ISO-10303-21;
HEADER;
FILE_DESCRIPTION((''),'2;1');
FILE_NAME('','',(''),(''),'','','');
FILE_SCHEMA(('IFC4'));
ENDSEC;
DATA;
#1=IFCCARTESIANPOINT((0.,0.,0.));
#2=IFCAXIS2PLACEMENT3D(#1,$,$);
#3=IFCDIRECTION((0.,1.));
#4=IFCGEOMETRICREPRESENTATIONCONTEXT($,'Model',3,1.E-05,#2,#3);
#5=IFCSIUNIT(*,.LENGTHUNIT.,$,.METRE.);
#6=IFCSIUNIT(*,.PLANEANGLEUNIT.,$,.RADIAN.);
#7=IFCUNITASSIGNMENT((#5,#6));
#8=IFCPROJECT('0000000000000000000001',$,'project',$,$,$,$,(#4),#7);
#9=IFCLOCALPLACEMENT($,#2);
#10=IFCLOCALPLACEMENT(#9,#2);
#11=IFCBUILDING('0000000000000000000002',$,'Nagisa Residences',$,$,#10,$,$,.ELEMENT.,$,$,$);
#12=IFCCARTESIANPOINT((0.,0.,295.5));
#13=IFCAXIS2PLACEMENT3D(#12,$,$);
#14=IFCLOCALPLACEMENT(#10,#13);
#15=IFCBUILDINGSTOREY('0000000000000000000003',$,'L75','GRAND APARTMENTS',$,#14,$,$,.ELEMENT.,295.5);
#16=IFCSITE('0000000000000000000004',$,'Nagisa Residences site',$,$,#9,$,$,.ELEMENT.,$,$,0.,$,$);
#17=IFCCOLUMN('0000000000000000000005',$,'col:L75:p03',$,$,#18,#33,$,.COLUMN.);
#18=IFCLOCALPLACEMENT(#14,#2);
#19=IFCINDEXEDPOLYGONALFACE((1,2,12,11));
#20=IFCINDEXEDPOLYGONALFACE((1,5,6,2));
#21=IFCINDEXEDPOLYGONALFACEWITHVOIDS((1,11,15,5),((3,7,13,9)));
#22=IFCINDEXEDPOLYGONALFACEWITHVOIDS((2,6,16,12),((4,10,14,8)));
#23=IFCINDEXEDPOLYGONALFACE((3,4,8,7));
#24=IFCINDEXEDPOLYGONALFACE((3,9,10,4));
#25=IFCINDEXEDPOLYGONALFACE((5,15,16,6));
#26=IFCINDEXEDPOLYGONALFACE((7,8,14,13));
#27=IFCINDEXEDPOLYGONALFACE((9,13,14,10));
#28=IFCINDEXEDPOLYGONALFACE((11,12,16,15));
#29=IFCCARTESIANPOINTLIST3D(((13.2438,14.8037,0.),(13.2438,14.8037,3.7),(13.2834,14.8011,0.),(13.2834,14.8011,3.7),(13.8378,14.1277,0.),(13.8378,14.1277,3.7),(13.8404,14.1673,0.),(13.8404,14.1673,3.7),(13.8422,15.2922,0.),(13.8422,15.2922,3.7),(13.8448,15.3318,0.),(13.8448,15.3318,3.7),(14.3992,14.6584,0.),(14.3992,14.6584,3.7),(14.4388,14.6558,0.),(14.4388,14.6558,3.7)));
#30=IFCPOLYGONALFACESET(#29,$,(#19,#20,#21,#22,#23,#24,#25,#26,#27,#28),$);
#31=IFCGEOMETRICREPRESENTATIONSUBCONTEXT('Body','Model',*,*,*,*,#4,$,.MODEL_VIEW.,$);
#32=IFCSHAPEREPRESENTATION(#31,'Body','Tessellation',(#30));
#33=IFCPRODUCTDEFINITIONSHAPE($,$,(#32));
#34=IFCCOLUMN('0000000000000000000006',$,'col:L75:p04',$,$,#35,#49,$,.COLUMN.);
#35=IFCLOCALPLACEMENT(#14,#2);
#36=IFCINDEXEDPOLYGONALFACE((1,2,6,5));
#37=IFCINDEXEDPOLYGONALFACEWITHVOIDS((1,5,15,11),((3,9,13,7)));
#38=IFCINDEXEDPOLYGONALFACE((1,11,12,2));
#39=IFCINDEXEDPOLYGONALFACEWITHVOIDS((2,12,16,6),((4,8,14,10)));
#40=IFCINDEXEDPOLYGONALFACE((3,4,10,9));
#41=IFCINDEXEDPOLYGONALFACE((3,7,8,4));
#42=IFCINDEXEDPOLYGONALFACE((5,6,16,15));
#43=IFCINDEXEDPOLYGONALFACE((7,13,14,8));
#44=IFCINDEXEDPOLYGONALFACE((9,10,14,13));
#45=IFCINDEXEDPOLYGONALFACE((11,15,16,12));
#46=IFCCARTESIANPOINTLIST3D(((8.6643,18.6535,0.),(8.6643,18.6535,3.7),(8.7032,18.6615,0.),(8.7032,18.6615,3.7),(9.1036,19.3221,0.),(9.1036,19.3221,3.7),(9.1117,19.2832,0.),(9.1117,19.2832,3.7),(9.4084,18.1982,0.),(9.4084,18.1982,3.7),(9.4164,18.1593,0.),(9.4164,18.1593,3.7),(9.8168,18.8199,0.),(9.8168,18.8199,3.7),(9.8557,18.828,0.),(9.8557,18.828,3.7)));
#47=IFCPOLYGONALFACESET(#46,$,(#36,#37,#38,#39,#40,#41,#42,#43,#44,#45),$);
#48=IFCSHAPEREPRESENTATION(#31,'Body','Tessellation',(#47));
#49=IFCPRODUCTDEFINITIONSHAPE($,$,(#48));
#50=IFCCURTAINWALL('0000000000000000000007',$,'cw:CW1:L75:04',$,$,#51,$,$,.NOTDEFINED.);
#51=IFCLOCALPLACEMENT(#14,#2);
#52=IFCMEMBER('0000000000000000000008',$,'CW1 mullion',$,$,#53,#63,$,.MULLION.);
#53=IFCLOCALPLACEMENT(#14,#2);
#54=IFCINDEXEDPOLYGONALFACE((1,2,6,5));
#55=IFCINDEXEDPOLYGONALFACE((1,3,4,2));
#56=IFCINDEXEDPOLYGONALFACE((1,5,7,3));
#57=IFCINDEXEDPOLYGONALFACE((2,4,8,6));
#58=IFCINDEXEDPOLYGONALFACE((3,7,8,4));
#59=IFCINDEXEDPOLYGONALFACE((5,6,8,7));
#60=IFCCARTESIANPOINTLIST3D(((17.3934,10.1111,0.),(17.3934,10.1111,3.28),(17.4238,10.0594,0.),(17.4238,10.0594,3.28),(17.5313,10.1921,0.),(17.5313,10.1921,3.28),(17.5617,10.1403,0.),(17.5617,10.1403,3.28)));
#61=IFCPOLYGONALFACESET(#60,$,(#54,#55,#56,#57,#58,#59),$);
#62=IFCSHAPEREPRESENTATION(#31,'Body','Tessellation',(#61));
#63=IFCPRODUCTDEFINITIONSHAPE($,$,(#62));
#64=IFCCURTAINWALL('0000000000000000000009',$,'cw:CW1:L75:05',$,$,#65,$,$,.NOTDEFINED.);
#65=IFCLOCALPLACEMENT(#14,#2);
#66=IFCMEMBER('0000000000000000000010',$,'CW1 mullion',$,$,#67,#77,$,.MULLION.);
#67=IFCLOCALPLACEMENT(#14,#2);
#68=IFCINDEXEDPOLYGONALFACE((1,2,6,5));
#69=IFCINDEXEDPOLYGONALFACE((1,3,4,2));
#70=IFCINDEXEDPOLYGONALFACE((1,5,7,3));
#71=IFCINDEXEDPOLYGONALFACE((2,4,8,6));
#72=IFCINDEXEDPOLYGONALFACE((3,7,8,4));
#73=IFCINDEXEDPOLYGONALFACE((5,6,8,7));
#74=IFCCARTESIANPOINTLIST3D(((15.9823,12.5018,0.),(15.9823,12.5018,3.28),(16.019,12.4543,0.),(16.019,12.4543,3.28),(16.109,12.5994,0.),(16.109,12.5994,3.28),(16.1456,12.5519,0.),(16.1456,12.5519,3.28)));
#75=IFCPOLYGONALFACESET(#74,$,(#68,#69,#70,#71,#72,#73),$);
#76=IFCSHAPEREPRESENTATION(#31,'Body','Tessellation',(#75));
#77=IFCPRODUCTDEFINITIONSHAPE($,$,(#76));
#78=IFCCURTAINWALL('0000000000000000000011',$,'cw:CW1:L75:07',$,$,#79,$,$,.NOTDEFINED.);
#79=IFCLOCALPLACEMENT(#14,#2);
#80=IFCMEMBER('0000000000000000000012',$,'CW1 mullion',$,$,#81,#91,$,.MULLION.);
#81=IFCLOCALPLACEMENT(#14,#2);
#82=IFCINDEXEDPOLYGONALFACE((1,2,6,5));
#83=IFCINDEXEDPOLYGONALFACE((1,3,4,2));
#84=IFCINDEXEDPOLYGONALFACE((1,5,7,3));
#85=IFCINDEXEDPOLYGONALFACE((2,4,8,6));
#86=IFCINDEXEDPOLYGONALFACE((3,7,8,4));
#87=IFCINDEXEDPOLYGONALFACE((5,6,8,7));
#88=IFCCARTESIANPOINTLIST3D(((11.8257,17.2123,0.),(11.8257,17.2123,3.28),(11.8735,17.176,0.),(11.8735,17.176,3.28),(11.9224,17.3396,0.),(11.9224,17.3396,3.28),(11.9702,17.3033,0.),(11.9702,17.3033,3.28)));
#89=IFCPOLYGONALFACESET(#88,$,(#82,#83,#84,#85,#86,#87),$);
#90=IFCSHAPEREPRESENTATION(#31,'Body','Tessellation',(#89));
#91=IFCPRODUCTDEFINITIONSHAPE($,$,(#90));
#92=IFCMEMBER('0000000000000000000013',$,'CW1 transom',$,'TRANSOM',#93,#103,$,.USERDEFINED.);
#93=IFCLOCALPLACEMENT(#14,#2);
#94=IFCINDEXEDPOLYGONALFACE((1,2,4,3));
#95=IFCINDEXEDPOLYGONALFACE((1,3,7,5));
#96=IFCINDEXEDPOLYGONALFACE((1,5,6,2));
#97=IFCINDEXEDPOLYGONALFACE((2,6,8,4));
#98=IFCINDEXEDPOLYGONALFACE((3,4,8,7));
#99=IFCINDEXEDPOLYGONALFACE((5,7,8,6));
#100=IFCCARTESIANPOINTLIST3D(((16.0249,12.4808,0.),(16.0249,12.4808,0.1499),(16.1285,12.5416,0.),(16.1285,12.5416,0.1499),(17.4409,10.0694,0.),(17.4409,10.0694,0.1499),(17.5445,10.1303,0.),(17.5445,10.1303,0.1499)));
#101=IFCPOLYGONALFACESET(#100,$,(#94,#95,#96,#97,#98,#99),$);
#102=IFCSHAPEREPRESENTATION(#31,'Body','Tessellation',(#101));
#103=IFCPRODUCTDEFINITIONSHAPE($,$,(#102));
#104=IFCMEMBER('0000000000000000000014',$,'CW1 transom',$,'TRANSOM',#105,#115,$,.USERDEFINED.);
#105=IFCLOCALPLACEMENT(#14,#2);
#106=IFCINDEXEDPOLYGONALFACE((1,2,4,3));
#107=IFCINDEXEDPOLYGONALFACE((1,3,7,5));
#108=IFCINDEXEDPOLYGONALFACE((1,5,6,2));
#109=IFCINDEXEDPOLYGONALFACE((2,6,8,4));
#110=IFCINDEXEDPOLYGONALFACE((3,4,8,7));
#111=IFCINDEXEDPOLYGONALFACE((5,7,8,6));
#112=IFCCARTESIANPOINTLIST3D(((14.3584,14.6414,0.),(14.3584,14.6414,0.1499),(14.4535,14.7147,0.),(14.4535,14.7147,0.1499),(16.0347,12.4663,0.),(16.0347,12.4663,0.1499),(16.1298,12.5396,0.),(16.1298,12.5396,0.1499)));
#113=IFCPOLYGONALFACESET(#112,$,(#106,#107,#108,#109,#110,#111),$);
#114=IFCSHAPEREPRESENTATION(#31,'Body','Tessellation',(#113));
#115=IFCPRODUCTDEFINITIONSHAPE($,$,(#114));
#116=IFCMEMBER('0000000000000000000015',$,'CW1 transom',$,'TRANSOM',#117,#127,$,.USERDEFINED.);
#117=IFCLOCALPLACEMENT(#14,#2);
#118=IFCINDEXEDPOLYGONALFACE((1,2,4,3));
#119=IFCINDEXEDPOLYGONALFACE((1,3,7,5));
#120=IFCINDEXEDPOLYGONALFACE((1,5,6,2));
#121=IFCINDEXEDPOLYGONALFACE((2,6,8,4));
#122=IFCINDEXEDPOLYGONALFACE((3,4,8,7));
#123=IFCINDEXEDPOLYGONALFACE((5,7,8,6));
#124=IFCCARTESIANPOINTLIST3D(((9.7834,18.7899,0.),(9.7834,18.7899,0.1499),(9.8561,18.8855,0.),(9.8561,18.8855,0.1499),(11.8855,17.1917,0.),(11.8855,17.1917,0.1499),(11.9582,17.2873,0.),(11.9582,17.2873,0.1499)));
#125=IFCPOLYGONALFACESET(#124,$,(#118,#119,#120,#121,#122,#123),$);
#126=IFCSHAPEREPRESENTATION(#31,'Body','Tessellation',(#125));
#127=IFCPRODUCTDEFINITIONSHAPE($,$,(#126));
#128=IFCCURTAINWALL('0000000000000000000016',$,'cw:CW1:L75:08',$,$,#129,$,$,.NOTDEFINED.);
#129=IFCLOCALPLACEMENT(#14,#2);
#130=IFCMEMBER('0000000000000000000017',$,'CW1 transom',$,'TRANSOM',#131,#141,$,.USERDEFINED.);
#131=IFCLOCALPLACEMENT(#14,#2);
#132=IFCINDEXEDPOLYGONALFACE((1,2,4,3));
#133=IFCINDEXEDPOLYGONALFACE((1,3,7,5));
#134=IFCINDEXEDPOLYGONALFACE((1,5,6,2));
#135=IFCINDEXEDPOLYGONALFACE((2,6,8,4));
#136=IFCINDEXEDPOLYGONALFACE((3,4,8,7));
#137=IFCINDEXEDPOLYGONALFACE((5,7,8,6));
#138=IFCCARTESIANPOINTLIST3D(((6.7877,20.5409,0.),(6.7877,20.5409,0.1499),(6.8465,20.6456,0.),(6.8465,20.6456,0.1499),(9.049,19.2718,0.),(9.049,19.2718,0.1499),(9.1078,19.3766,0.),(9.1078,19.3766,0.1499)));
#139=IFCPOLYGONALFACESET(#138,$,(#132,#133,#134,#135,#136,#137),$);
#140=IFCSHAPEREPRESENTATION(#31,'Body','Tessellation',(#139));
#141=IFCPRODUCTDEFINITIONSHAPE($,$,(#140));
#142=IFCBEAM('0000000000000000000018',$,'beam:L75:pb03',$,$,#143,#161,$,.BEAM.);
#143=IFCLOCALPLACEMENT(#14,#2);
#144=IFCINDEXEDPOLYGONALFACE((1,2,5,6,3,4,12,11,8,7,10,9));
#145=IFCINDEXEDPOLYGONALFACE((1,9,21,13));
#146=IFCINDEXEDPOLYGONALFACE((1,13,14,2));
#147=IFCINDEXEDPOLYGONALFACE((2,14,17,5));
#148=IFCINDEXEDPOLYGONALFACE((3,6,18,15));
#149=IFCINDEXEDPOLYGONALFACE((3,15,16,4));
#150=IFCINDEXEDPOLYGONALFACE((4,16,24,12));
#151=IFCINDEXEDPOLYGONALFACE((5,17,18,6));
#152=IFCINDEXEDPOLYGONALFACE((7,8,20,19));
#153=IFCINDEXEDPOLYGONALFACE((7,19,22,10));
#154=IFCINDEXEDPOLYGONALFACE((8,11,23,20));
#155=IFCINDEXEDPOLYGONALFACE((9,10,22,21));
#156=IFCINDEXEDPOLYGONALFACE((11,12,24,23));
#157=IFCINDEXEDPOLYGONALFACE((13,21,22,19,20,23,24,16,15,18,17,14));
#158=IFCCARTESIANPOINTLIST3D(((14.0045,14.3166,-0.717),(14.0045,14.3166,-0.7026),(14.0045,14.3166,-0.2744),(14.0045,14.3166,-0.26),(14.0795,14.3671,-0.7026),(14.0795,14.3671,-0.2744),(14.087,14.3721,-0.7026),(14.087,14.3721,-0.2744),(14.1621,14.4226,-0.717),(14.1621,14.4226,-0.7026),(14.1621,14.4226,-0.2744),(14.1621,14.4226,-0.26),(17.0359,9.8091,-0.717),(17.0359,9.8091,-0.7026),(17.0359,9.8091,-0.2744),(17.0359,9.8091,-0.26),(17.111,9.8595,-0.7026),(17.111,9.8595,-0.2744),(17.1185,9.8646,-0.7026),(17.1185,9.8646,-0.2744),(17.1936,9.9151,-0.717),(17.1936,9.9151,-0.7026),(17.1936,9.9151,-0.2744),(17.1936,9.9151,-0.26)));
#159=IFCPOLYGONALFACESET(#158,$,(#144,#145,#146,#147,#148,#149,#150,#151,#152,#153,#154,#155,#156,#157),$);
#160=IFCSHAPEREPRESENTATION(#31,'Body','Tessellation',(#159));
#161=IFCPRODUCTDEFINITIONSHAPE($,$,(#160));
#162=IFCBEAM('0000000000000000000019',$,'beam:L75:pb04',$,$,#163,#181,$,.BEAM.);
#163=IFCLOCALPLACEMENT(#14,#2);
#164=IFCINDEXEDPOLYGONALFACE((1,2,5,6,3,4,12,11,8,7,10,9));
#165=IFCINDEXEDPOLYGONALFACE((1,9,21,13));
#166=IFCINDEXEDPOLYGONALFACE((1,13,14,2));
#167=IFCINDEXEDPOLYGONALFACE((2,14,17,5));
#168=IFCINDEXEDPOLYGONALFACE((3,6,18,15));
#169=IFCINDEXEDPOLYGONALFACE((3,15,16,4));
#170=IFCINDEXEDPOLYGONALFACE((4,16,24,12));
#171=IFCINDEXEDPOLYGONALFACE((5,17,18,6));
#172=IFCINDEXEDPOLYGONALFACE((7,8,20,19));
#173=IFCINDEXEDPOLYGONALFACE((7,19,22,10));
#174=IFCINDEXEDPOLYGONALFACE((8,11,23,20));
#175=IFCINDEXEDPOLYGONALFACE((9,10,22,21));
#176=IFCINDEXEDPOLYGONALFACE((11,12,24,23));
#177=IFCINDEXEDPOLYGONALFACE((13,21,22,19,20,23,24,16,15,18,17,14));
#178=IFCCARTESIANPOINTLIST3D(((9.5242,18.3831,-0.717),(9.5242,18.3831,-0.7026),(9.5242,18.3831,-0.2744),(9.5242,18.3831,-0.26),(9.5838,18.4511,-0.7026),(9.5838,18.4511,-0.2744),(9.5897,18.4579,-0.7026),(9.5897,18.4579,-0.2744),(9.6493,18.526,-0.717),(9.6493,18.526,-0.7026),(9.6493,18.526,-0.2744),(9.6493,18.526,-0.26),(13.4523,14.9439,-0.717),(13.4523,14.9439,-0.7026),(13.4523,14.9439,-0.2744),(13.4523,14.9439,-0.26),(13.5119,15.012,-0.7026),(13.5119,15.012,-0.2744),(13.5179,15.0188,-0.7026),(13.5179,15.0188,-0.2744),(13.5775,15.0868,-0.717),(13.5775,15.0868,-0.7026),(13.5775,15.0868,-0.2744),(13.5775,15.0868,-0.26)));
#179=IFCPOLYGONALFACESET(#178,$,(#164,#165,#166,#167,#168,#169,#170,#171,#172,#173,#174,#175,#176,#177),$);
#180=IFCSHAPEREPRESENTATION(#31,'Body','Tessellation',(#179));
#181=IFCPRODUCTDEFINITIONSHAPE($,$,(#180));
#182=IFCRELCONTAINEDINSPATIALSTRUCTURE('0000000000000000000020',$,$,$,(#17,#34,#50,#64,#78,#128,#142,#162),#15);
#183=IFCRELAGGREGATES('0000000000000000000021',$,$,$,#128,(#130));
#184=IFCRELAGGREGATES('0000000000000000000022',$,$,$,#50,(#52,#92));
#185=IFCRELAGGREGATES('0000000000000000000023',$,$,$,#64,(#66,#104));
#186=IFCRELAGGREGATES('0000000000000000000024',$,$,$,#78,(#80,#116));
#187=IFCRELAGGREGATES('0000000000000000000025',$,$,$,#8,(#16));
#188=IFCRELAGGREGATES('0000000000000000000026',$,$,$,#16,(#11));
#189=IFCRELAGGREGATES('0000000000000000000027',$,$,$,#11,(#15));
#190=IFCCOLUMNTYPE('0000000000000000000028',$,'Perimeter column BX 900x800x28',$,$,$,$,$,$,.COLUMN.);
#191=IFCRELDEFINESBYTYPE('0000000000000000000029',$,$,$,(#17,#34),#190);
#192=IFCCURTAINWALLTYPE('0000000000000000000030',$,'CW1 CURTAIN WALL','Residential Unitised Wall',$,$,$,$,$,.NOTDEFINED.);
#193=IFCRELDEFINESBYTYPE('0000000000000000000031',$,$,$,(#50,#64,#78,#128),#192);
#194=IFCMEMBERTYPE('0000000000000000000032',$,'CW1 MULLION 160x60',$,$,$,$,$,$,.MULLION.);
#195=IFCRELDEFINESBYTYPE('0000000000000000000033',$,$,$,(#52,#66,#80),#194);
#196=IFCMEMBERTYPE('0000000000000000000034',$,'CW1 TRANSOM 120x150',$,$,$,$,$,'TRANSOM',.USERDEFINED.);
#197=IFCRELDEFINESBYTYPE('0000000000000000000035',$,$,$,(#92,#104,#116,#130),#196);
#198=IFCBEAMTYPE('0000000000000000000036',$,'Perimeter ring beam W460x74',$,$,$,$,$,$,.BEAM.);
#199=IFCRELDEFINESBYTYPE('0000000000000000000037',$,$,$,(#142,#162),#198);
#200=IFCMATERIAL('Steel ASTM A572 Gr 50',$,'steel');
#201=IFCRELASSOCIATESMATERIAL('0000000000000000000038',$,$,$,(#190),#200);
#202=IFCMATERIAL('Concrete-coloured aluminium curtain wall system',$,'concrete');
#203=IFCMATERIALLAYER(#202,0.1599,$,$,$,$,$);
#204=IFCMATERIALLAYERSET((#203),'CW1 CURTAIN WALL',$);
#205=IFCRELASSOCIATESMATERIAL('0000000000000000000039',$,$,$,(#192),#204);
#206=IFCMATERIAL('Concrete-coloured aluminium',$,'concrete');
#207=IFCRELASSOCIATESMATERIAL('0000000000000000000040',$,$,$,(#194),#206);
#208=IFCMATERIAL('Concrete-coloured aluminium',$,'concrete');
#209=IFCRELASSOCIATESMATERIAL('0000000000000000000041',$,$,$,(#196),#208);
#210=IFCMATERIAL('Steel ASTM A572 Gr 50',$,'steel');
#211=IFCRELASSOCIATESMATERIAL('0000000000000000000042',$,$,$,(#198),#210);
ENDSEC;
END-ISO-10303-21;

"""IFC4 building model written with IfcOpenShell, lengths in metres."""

from ifc_helpers import new_model, si_unit, direction, frame, origin, origin_2d, place, context, subcontext, project, spatial, rectangle, hollow_rectangle, i_section, extrude, material, layer, layer_set, material_profile, profile_set, type_object, element, aggregate, save


model = new_model("IFC4")

# Units and contexts
model_context = context("Model", 3, precision=1e-05, world=origin(), true_north=direction((0.0, 1.0)))
body_context = subcontext(model_context, "Body", "Model", "MODEL_VIEW")
ifc_project = project(units=[si_unit("LENGTHUNIT", "METRE"), si_unit("PLANEANGLEUNIT", "RADIAN")], contexts=[model_context])

# Site, building, storey
site_placement = place(None, origin())
site = spatial("IfcSite", under=ifc_project, at=site_placement, Name="Nagisa Residences site", CompositionType="ELEMENT", RefElevation=0.0)
building_placement = place(site_placement, origin())
building = spatial("IfcBuilding", under=site, at=building_placement, Name="Nagisa Residences", CompositionType="ELEMENT")
storey_placement = place(building_placement, frame((0.0, 0.0, 295.5)))
storey = spatial("IfcBuildingStorey", under=building, at=storey_placement, Name="L75", Description="GRAND APARTMENTS", CompositionType="ELEMENT", Elevation=295.5)

# Columns
ifc_material_1 = material(Name="Steel ASTM A572 Gr 50", Category="steel")
ifc_material_profile_1 = material_profile(ifc_material_1, hollow_rectangle(XDim=0.8999, YDim=0.8, WallThickness=0.0281, at=origin_2d()), Name="BX 900x800x28")
ifc_profile_set_1 = profile_set([ifc_material_profile_1], Name="Steel ASTM A572 Gr 50")
column_type = type_object("IfcColumnType", Name="Perimeter column BX 900x800x28", PredefinedType="COLUMN", material=ifc_profile_set_1)
for number, where, z_axis, x_axis, name in (
    (1, (13.8413, 14.7297, 0.0), (0.0, 0.0, 1.0), (-0.660115, 0.751165, 0.0), "col:L75:p03"),
    (2, (9.26, 18.7407, 0.0), (0.0, 0.0, 1.0), (-0.835766, 0.549086, 0.0), "col:L75:p04"),
):
    element("IfcColumn", number, at=place(storey_placement, frame(where, z_axis=z_axis, x_axis=x_axis)), inside=storey, type_object=column_type, Name=name, PredefinedType="COLUMN", context=body_context, shape_type="SweptSolid", body=[
        extrude(hollow_rectangle(XDim=0.8999, YDim=0.8, WallThickness=0.0281, at=origin_2d()), origin(), (0.0, 0.0, 1.0), 3.7),
    ])

# Curtain walls, members
ifc_material_2 = material(Name="Concrete-coloured aluminium curtain wall system", Category="concrete")
ifc_layer_1 = layer(ifc_material_2, 0.1599)
ifc_layer_set_1 = layer_set([ifc_layer_1], Name="CW1 CURTAIN WALL")
curtain_wall_type = type_object("IfcCurtainWallType", Name="CW1 CURTAIN WALL", Description="Residential Unitised Wall", PredefinedType="NOTDEFINED", material=ifc_layer_set_1)
curtain_wall_1_placement = place(storey_placement, origin())
curtain_wall_1 = element("IfcCurtainWall", 3, at=curtain_wall_1_placement, inside=storey, type_object=curtain_wall_type, Name="cw:CW1:L75:04", PredefinedType="NOTDEFINED")
ifc_material_3 = material(Name="Concrete-coloured aluminium", Category="concrete")
ifc_material_profile_2 = material_profile(ifc_material_3, rectangle(XDim=0.1599, YDim=0.0601, at=origin_2d()), Name="CW1 MULLION 160x60")
ifc_profile_set_2 = profile_set([ifc_material_profile_2], Name="Concrete-coloured aluminium")
member_type_1 = type_object("IfcMemberType", Name="CW1 MULLION 160x60", PredefinedType="MULLION", material=ifc_profile_set_2)
member_1_placement = place(storey_placement, frame((17.4775, 10.1257, 0.0), z_axis=(0.0, 0.0, 1.0), x_axis=(-0.862329, -0.506349, 0.0)))
member_1 = element("IfcMember", 4, at=member_1_placement, type_object=member_type_1, Name="CW1 mullion", PredefinedType="MULLION", context=body_context, shape_type="SweptSolid", body=[
    extrude(rectangle(XDim=0.1599, YDim=0.0601, at=origin_2d()), origin(), (0.0, 0.0, 1.0), 3.28),
])
curtain_wall_2_placement = place(storey_placement, origin())
curtain_wall_2 = element("IfcCurtainWall", 5, at=curtain_wall_2_placement, inside=storey, type_object=curtain_wall_type, Name="cw:CW1:L75:05", PredefinedType="NOTDEFINED")
member_2_placement = place(storey_placement, frame((16.064, 12.5269, 0.0), z_axis=(0.0, 0.0, 1.0), x_axis=(-0.79207, -0.61043, 0.0)))
member_2 = element("IfcMember", 6, at=member_2_placement, type_object=member_type_1, Name="CW1 mullion", PredefinedType="MULLION", context=body_context, shape_type="SweptSolid", body=[
    extrude(rectangle(XDim=0.1599, YDim=0.0601, at=origin_2d()), origin(), (0.0, 0.0, 1.0), 3.28),
])
curtain_wall_3_placement = place(storey_placement, origin())
curtain_wall_3 = element("IfcCurtainWall", 7, at=curtain_wall_3_placement, inside=storey, type_object=curtain_wall_type, Name="cw:CW1:L75:07", PredefinedType="NOTDEFINED")
member_3_placement = place(storey_placement, frame((11.8979, 17.2578, 0.0), z_axis=(0.0, 0.0, 1.0), x_axis=(-0.605255, -0.796031, 0.0)))
member_3 = element("IfcMember", 8, at=member_3_placement, type_object=member_type_1, Name="CW1 mullion", PredefinedType="MULLION", context=body_context, shape_type="SweptSolid", body=[
    extrude(rectangle(XDim=0.1599, YDim=0.0601, at=origin_2d()), origin(), (0.0, 0.0, 1.0), 3.28),
])

# Members
ifc_material_4 = material(Name="Concrete-coloured aluminium", Category="concrete")
ifc_material_profile_3 = material_profile(ifc_material_4, rectangle(XDim=0.1201, YDim=0.1499, at=origin_2d()), Name="CW1 TRANSOM 120x150")
ifc_profile_set_3 = profile_set([ifc_material_profile_3], Name="Concrete-coloured aluminium")
member_type_2 = type_object("IfcMemberType", Name="CW1 TRANSOM 120x150", ElementType="TRANSOM", PredefinedType="USERDEFINED", material=ifc_profile_set_3)
member_4_placement = place(storey_placement, frame((17.4927, 10.0999, 0.075), z_axis=(-0.506371, 0.862316, 0.0), x_axis=(-0.862316, -0.506371, 0.0)))
member_4 = element("IfcMember", 9, at=member_4_placement, type_object=member_type_2, Name="CW1 transom", ObjectType="TRANSOM", PredefinedType="USERDEFINED", context=body_context, shape_type="SweptSolid", body=[
    extrude(rectangle(XDim=0.1201, YDim=0.1499, at=origin_2d()), origin(), (0.0, 0.0, 1.0), 2.7964),
])
member_5_placement = place(storey_placement, frame((16.0823, 12.5029, 0.075), z_axis=(-0.610432, 0.792068, 0.0), x_axis=(-0.792068, -0.610432, 0.0)))
member_5 = element("IfcMember", 10, at=member_5_placement, type_object=member_type_2, Name="CW1 transom", ObjectType="TRANSOM", PredefinedType="USERDEFINED", context=body_context, shape_type="SweptSolid", body=[
    extrude(rectangle(XDim=0.1201, YDim=0.1499, at=origin_2d()), origin(), (0.0, 0.0, 1.0), 2.7461),
])
member_6_placement = place(storey_placement, frame((11.9219, 17.2395, 0.075), z_axis=(-0.796055, 0.605224, 0.0), x_axis=(-0.605224, -0.796055, 0.0)))
member_6 = element("IfcMember", 11, at=member_6_placement, type_object=member_type_2, Name="CW1 transom", ObjectType="TRANSOM", PredefinedType="USERDEFINED", context=body_context, shape_type="SweptSolid", body=[
    extrude(rectangle(XDim=0.1201, YDim=0.1499, at=origin_2d()), origin(), (0.0, 0.0, 1.0), 2.6406),
])

# Curtain wall, member
curtain_wall_4_placement = place(storey_placement, origin())
curtain_wall_4 = element("IfcCurtainWall", 12, at=curtain_wall_4_placement, inside=storey, type_object=curtain_wall_type, Name="cw:CW1:L75:08", PredefinedType="NOTDEFINED")
member_7_placement = place(storey_placement, frame((9.0784, 19.3242, 0.075), z_axis=(-0.872053, 0.489412, 0.0), x_axis=(-0.489412, -0.872053, 0.0)))
member_7 = element("IfcMember", 13, at=member_7_placement, type_object=member_type_2, Name="CW1 transom", ObjectType="TRANSOM", PredefinedType="USERDEFINED", context=body_context, shape_type="SweptSolid", body=[
    extrude(rectangle(XDim=0.1201, YDim=0.1499, at=origin_2d()), origin(), (0.0, 0.0, 1.0), 2.593),
])
aggregate(curtain_wall_4, [member_7])

# Beams
ifc_material_5 = material(Name="Steel ASTM A572 Gr 50", Category="steel")
ifc_material_profile_4 = material_profile(ifc_material_5, i_section(OverallWidth=0.1899, OverallDepth=0.457, WebThickness=0.009, FlangeThickness=0.0144, at=origin_2d()), Name="W460x74")
ifc_profile_set_4 = profile_set([ifc_material_profile_4], Name="Steel ASTM A572 Gr 50")
beam_type_1 = type_object("IfcBeamType", Name="Perimeter ring beam W460x74", PredefinedType="BEAM", material=ifc_profile_set_4)
beam_1_placement = place(storey_placement, frame((17.1147, 9.8621, -0.4885), z_axis=(-0.558066, 0.829796, 0.0), x_axis=(-0.829796, -0.558066, 0.0)))
element("IfcBeam", 14, at=beam_1_placement, inside=storey, type_object=beam_type_1, Name="beam:L75:pb03", PredefinedType="BEAM", context=body_context, shape_type="SweptSolid", body=[
    extrude(i_section(OverallWidth=0.1899, OverallDepth=0.457, WebThickness=0.009, FlangeThickness=0.0144, at=origin_2d()), origin(), (0.0, 0.0, 1.0), 5.4321),
])
beam_2_placement = place(storey_placement, frame((13.5149, 15.0154, -0.4885), z_axis=(-0.752385, 0.658723, 0.0), x_axis=(-0.658723, -0.752385, 0.0)))
element("IfcBeam", 15, at=beam_2_placement, inside=storey, type_object=beam_type_1, Name="beam:L75:pb04", PredefinedType="BEAM", context=body_context, shape_type="SweptSolid", body=[
    extrude(i_section(OverallWidth=0.1899, OverallDepth=0.457, WebThickness=0.009, FlangeThickness=0.0144, at=origin_2d()), origin(), (0.0, 0.0, 1.0), 5.2209),
])

aggregate(curtain_wall_1, [member_1, member_4])
aggregate(curtain_wall_2, [member_2, member_5])
aggregate(curtain_wall_3, [member_3, member_6])

save(model, "model.ifc")
